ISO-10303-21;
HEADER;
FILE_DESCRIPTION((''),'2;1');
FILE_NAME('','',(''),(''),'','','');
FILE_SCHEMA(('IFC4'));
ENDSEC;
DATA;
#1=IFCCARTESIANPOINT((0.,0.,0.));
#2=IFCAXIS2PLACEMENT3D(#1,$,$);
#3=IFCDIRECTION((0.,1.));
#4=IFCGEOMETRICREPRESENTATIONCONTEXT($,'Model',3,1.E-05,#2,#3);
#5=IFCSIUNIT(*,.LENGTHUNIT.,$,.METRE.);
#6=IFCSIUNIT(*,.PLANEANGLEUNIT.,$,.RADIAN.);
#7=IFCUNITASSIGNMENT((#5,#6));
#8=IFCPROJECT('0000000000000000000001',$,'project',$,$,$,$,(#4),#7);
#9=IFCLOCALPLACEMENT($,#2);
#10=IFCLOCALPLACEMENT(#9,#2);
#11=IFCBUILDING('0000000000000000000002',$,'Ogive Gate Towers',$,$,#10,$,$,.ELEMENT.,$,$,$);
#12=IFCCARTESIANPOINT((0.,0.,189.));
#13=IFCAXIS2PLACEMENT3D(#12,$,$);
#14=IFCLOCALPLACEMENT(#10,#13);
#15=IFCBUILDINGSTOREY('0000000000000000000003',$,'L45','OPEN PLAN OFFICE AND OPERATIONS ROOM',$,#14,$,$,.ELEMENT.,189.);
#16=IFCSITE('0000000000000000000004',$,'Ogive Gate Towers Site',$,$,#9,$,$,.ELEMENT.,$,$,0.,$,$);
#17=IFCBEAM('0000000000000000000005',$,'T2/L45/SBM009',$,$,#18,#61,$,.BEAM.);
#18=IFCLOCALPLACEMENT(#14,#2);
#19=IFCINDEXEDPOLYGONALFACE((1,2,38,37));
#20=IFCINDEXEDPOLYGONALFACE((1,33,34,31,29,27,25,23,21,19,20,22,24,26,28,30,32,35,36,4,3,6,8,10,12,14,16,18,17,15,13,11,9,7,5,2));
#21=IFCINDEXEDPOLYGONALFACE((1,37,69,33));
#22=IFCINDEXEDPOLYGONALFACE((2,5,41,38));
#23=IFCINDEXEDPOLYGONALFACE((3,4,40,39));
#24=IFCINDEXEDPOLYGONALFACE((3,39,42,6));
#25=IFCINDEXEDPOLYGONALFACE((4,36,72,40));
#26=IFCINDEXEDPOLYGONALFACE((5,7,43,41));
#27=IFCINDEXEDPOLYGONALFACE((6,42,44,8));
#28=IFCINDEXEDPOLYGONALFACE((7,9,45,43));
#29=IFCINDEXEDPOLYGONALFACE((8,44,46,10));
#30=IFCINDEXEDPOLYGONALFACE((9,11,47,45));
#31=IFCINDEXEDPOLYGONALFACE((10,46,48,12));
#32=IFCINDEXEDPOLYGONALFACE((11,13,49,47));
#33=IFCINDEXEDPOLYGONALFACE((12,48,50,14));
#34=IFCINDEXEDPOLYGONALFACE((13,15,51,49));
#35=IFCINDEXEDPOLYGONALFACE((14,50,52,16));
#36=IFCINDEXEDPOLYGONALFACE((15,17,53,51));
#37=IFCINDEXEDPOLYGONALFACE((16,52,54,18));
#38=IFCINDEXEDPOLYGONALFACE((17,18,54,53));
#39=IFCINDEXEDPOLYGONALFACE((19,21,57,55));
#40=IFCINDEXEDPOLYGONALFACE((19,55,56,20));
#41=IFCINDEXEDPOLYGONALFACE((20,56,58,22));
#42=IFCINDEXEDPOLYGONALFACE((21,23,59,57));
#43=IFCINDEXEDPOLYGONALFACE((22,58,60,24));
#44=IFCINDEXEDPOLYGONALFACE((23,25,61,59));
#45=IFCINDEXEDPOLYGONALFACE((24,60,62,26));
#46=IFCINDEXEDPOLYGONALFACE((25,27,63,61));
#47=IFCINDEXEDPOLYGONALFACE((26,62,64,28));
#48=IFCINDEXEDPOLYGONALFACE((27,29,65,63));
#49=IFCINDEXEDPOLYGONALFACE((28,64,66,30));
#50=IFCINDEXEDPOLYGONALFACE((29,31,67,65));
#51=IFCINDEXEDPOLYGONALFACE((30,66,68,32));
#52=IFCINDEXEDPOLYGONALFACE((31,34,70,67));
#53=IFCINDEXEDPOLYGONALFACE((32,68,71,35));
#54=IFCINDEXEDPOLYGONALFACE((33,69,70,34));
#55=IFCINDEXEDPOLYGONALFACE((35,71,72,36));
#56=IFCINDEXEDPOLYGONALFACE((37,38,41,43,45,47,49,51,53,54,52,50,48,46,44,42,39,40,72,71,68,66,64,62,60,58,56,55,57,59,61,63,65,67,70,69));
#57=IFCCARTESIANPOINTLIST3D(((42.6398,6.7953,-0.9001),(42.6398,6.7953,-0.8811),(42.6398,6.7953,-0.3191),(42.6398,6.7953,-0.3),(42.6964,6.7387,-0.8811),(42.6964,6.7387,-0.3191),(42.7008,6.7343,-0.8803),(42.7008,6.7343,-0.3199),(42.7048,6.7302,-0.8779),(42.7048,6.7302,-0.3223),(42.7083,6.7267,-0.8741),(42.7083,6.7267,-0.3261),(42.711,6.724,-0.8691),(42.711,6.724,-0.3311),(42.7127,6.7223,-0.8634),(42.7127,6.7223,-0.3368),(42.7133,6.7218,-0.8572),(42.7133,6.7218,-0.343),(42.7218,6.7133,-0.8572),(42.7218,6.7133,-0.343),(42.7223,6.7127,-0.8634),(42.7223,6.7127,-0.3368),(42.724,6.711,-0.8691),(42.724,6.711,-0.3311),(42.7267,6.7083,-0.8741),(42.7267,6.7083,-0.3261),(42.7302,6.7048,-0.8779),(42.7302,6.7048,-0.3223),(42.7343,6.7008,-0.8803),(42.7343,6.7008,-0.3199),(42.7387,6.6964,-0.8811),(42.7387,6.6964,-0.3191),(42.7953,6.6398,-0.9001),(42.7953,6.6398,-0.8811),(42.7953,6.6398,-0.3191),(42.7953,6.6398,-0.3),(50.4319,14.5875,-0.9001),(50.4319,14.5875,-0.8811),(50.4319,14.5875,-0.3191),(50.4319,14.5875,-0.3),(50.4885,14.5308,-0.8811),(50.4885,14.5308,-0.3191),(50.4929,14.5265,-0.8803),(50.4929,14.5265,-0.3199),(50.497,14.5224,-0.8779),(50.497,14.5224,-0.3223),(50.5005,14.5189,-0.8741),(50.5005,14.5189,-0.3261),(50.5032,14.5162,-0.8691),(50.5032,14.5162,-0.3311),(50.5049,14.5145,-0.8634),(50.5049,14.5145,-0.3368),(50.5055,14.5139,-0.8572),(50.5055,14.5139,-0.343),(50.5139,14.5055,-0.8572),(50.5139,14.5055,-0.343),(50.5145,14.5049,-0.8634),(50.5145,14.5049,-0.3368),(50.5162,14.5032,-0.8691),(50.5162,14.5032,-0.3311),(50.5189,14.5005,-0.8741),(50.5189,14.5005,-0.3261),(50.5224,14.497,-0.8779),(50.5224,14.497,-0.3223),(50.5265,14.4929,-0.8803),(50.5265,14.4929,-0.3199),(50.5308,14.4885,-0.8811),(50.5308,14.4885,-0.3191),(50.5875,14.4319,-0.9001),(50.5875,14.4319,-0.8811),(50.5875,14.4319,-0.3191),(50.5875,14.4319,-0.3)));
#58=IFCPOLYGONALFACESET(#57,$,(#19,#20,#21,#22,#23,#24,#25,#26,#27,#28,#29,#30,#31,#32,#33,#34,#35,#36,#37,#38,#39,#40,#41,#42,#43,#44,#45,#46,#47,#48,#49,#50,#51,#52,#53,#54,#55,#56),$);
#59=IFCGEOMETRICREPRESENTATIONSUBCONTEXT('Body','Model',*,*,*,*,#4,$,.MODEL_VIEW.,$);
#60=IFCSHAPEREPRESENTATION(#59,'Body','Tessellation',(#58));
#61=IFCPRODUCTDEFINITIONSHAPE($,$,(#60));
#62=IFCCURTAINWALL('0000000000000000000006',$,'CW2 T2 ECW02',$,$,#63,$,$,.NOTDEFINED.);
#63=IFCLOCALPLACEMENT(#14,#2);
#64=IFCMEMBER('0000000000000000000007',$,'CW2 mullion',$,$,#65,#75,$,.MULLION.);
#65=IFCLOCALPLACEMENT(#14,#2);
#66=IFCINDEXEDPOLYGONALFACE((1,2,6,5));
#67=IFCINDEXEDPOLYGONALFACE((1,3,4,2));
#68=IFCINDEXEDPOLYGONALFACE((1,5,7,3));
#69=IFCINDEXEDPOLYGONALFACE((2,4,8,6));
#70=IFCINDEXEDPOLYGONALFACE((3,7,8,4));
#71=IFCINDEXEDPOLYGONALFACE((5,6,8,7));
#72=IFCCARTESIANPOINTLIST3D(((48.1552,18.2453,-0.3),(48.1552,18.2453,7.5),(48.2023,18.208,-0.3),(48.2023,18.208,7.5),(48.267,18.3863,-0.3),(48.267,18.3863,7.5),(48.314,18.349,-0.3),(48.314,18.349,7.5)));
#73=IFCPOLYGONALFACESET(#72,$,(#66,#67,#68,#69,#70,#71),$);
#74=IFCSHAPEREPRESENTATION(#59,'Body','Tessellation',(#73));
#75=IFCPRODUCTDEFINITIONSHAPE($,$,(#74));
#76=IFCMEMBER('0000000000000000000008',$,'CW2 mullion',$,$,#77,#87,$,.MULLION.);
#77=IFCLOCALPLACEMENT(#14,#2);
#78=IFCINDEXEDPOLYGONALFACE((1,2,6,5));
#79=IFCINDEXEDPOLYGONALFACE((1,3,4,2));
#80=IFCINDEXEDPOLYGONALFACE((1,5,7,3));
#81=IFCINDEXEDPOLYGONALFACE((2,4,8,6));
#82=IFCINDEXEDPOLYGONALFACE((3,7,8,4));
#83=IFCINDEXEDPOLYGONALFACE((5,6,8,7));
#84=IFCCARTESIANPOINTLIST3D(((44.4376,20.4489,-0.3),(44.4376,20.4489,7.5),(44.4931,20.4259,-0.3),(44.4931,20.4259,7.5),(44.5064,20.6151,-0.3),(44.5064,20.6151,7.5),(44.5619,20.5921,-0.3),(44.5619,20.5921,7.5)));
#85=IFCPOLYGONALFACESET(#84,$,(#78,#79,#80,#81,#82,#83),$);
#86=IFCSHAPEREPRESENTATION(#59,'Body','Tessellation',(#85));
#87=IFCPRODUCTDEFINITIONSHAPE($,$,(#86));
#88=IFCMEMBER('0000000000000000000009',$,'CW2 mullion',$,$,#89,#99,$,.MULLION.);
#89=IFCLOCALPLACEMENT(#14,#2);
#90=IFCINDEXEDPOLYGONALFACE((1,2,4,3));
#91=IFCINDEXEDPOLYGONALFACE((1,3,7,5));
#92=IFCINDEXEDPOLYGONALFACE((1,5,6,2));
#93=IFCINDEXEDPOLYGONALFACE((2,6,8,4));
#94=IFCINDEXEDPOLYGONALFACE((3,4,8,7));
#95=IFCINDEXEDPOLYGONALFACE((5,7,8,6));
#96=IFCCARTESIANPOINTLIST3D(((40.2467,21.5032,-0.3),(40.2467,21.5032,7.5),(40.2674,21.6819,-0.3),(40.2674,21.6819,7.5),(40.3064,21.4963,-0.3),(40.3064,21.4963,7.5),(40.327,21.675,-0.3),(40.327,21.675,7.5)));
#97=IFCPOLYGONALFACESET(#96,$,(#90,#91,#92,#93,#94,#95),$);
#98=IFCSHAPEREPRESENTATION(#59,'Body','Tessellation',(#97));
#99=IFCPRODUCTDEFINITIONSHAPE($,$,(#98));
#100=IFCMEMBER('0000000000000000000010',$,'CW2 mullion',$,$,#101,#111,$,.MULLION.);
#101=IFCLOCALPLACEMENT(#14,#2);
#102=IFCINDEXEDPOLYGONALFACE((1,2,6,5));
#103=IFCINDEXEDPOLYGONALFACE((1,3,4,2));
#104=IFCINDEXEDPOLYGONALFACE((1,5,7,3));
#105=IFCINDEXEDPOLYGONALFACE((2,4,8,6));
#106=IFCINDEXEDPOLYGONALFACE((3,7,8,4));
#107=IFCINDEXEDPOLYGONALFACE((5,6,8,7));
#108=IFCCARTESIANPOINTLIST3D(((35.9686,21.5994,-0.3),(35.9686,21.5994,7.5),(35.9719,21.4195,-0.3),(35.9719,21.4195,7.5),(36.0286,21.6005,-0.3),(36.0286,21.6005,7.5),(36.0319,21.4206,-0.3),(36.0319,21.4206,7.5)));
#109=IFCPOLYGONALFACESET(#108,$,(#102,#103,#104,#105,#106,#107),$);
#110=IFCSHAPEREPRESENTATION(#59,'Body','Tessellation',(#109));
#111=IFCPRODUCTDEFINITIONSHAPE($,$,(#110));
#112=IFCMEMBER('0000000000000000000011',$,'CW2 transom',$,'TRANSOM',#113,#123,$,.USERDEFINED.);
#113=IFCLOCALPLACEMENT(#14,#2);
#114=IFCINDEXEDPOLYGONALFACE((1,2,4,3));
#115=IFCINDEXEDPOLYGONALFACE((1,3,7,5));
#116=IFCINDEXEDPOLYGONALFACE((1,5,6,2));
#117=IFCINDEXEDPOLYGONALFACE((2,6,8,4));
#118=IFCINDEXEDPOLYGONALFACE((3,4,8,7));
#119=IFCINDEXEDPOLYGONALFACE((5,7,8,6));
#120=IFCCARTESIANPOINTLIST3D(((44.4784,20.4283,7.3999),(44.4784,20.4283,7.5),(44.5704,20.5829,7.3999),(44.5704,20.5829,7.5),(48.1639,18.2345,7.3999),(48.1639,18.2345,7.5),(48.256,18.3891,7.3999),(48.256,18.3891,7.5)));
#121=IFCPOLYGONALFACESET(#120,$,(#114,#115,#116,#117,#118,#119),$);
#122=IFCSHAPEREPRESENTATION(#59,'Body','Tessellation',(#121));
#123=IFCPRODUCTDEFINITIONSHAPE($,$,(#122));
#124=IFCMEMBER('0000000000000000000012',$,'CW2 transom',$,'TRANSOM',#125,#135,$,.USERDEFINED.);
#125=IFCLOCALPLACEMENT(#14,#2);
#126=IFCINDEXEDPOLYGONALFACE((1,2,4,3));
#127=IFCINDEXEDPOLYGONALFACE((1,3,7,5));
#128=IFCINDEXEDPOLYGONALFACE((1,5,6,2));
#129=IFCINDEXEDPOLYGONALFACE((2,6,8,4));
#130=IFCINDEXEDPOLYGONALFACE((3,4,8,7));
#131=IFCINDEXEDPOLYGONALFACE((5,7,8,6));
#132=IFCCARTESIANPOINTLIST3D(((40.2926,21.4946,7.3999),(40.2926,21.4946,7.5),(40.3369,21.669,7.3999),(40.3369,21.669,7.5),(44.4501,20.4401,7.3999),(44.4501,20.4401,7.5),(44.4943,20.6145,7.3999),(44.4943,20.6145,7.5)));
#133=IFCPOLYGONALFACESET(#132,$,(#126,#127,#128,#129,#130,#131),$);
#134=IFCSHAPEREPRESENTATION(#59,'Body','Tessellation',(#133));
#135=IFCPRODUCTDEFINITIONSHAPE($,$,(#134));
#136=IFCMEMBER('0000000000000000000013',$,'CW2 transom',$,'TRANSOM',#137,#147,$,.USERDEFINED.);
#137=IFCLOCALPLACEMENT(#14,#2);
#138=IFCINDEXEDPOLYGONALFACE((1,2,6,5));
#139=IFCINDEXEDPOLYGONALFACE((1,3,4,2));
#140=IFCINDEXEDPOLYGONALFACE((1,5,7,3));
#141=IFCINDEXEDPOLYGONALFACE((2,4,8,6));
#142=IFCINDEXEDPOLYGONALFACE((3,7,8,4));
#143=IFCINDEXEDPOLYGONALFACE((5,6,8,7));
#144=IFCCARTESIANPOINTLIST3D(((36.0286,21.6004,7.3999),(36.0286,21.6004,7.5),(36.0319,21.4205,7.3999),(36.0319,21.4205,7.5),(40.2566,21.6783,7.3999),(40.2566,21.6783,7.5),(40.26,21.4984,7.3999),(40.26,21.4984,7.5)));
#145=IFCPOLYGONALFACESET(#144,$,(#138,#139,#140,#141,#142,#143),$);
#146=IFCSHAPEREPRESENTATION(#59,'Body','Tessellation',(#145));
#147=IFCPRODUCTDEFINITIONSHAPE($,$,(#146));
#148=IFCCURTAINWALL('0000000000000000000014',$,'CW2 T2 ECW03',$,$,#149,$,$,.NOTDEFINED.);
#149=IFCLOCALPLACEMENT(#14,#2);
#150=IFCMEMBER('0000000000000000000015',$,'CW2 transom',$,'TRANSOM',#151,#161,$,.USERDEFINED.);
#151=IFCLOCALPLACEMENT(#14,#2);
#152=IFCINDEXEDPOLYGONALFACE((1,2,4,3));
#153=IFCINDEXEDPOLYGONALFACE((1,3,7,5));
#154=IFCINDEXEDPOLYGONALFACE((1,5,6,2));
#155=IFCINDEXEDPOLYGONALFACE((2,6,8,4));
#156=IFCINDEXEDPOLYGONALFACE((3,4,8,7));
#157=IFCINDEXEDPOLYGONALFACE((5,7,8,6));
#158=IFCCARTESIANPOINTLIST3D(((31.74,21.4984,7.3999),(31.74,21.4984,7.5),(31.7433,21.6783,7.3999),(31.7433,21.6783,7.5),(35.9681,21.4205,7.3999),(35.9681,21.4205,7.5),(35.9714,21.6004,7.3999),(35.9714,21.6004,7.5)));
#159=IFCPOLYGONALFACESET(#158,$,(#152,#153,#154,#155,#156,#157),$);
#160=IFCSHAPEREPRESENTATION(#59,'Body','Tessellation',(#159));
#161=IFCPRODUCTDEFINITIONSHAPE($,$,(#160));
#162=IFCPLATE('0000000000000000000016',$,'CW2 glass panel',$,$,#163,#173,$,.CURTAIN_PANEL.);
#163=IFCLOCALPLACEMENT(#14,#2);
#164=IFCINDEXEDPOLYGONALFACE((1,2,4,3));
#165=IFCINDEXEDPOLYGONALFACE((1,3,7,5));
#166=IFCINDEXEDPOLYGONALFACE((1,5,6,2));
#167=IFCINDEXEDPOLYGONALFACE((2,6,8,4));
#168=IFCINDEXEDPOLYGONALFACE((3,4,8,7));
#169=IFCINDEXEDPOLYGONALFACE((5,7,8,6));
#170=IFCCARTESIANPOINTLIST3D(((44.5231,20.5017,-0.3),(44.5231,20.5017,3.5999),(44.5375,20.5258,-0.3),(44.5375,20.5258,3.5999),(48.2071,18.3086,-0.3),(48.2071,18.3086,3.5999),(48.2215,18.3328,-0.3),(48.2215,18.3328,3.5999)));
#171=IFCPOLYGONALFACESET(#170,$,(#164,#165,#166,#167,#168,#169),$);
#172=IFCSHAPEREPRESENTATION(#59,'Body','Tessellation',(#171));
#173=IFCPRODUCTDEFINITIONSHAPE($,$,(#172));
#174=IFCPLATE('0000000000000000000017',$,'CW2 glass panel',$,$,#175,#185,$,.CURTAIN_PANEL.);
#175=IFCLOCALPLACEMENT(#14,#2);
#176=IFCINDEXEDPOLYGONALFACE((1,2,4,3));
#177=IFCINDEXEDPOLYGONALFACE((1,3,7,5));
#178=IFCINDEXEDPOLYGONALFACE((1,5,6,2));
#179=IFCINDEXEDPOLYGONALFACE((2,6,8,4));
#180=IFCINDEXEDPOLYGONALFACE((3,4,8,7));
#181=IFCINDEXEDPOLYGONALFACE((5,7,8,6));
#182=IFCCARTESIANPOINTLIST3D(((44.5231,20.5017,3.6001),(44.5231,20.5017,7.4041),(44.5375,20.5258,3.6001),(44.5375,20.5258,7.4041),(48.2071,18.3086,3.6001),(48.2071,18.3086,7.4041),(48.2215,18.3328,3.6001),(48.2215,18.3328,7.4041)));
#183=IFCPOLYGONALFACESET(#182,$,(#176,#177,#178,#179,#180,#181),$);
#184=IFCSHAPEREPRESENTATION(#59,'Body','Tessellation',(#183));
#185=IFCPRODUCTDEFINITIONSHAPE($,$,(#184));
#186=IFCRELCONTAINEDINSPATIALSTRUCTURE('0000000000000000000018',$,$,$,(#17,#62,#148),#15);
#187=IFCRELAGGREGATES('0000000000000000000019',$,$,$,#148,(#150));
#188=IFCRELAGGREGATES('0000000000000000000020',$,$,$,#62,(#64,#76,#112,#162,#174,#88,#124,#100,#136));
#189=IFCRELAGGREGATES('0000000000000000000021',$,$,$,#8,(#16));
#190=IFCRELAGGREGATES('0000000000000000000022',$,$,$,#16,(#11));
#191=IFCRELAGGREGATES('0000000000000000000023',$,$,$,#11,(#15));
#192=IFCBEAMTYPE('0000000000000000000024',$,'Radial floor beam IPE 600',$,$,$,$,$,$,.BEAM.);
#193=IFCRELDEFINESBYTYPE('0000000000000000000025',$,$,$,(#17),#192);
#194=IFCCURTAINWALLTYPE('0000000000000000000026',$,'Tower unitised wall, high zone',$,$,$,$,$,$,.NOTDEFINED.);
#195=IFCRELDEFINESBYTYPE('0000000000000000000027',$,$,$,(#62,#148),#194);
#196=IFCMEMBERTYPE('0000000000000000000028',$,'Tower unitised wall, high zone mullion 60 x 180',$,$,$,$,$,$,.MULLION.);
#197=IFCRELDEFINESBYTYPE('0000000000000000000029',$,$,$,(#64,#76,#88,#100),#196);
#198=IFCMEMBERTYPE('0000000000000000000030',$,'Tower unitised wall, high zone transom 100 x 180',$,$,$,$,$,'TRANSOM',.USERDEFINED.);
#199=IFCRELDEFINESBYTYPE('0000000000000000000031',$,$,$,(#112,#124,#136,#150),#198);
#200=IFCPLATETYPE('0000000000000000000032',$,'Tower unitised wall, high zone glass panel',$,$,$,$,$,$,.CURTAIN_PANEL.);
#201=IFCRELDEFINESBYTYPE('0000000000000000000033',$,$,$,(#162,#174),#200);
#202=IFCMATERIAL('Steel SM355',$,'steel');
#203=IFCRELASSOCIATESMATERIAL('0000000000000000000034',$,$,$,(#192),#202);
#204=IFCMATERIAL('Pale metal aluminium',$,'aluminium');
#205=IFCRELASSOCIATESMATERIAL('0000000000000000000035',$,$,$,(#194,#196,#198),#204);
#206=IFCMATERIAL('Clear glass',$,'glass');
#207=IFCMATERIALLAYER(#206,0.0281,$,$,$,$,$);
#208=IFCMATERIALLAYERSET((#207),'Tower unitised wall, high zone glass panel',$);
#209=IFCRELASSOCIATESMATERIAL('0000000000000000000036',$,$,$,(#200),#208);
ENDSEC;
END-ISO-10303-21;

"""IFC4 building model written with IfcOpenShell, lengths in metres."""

from ifc_helpers import new_model, si_unit, direction, frame, origin, origin_2d, place, context, subcontext, project, spatial, rectangle, i_section, extrude, material, layer, layer_set, material_profile, profile_set, type_object, element, aggregate, save


model = new_model("IFC4")

# Units and contexts
model_context = context("Model", 3, precision=1e-05, world=origin(), true_north=direction((0.0, 1.0)))
body_context = subcontext(model_context, "Body", "Model", "MODEL_VIEW")
ifc_project = project(units=[si_unit("LENGTHUNIT", "METRE"), si_unit("PLANEANGLEUNIT", "RADIAN")], contexts=[model_context])

# Site, building, storey
site_placement = place(None, origin())
site = spatial("IfcSite", under=ifc_project, at=site_placement, Name="Ogive Gate Towers Site", CompositionType="ELEMENT", RefElevation=0.0)
building_placement = place(site_placement, origin())
building = spatial("IfcBuilding", under=site, at=building_placement, Name="Ogive Gate Towers", CompositionType="ELEMENT")
storey_placement = place(building_placement, frame((0.0, 0.0, 189.0)))
storey = spatial("IfcBuildingStorey", under=building, at=storey_placement, Name="L45", Description="OPEN PLAN OFFICE AND OPERATIONS ROOM", CompositionType="ELEMENT", Elevation=189.0)

# Beam
ifc_material_1 = material(Name="Steel SM355", Category="steel")
ifc_material_profile_1 = material_profile(ifc_material_1, i_section(OverallWidth=0.22, OverallDepth=0.6001, WebThickness=0.012, FlangeThickness=0.019, FilletRadius=0.0239, at=origin_2d()), Name="IPE 600")
ifc_profile_set_1 = profile_set([ifc_material_profile_1], Name="Steel SM355")
beam_type_1 = type_object("IfcBeamType", Name="Radial floor beam IPE 600", PredefinedType="BEAM", material=ifc_profile_set_1)
beam_1_placement = place(storey_placement, frame((42.7175, 6.7175, -0.6001), z_axis=(0.707107, 0.707107, 0.0), x_axis=(-0.707107, 0.707107, 0.0)))
element("IfcBeam", 1, at=beam_1_placement, inside=storey, type_object=beam_type_1, Name="T2/L45/SBM009", PredefinedType="BEAM", context=body_context, shape_type="SweptSolid", body=[
    extrude(i_section(OverallWidth=0.22, OverallDepth=0.6001, WebThickness=0.012, FlangeThickness=0.019, FilletRadius=0.0239, at=origin_2d()), origin(), (0.0, 0.0, 1.0), 11.0198),
])

# Curtain wall, members
ifc_material_2 = material(Name="Pale metal aluminium", Category="aluminium")
curtain_wall_type = type_object("IfcCurtainWallType", Name="Tower unitised wall, high zone", PredefinedType="NOTDEFINED", material=ifc_material_2)
curtain_wall_1_placement = place(storey_placement, origin())
curtain_wall_1 = element("IfcCurtainWall", 2, at=curtain_wall_1_placement, inside=storey, type_object=curtain_wall_type, Name="CW2 T2 ECW02", PredefinedType="NOTDEFINED")
ifc_material_profile_2 = material_profile(ifc_material_2, rectangle(XDim=0.1799, YDim=0.0601, at=origin_2d()), Name="60 x 180 aluminium box")
ifc_profile_set_2 = profile_set([ifc_material_profile_2], Name="Pale metal aluminium")
member_type_1 = type_object("IfcMemberType", Name="Tower unitised wall, high zone mullion 60 x 180", PredefinedType="MULLION", material=ifc_profile_set_2)
member_1_placement = place(storey_placement, frame((48.2346, 18.2971, -0.3), z_axis=(0.0, 0.0, 1.0), x_axis=(0.621298, 0.783574, 0.0)))
member_1 = element("IfcMember", 3, at=member_1_placement, type_object=member_type_1, Name="CW2 mullion", PredefinedType="MULLION", context=body_context, shape_type="SweptSolid", body=[
    extrude(rectangle(XDim=0.1799, YDim=0.0601, at=origin_2d()), origin(), (0.0, 0.0, 1.0), 7.8),
])
member_2_placement = place(storey_placement, frame((44.4998, 20.5205, -0.3), z_axis=(0.0, 0.0, 1.0), x_axis=(0.382683, 0.92388, 0.0)))
member_2 = element("IfcMember", 4, at=member_2_placement, type_object=member_type_1, Name="CW2 mullion", PredefinedType="MULLION", context=body_context, shape_type="SweptSolid", body=[
    extrude(rectangle(XDim=0.1799, YDim=0.0601, at=origin_2d()), origin(), (0.0, 0.0, 1.0), 7.8),
])
member_3_placement = place(storey_placement, frame((40.2869, 21.5891, -0.3), z_axis=(0.0, 0.0, 1.0), x_axis=(0.114746, 0.993395, 0.0)))
member_3 = element("IfcMember", 5, at=member_3_placement, type_object=member_type_1, Name="CW2 mullion", PredefinedType="MULLION", context=body_context, shape_type="SweptSolid", body=[
    extrude(rectangle(XDim=0.1799, YDim=0.0601, at=origin_2d()), origin(), (0.0, 0.0, 1.0), 7.8),
])
member_4_placement = place(storey_placement, frame((36.0002, 21.51, -0.3), z_axis=(0.0, 0.0, 1.0), x_axis=(-0.018412, 0.99983, 0.0)))
member_4 = element("IfcMember", 6, at=member_4_placement, type_object=member_type_1, Name="CW2 mullion", PredefinedType="MULLION", context=body_context, shape_type="SweptSolid", body=[
    extrude(rectangle(XDim=0.1799, YDim=0.0601, at=origin_2d()), origin(), (0.0, 0.0, 1.0), 7.8),
])
ifc_material_profile_3 = material_profile(ifc_material_2, rectangle(XDim=0.1799, YDim=0.1001, at=origin_2d()), Name="100 x 180 aluminium box")
ifc_profile_set_3 = profile_set([ifc_material_profile_3], Name="Pale metal aluminium")
member_type_2 = type_object("IfcMemberType", Name="Tower unitised wall, high zone transom 100 x 180", ElementType="TRANSOM", PredefinedType="USERDEFINED", material=ifc_profile_set_3)
member_5_placement = place(storey_placement, frame((48.21, 18.3118, 7.45), z_axis=(-0.859286, 0.511496, 0.0), x_axis=(-0.511496, -0.859286, 0.0)))
member_5 = element("IfcMember", 7, at=member_5_placement, type_object=member_type_2, Name="CW2 transom", ObjectType="TRANSOM", PredefinedType="USERDEFINED", context=body_context, shape_type="SweptSolid", body=[
    extrude(rectangle(XDim=0.1799, YDim=0.1001, at=origin_2d()), origin(), (0.0, 0.0, 1.0), 4.2891),
])
member_6_placement = place(storey_placement, frame((44.4722, 20.5273, 7.45), z_axis=(-0.96931, 0.245842, 0.0), x_axis=(-0.245842, -0.96931, 0.0)))
member_6 = element("IfcMember", 8, at=member_6_placement, type_object=member_type_2, Name="CW2 transom", ObjectType="TRANSOM", PredefinedType="USERDEFINED", context=body_context, shape_type="SweptSolid", body=[
    extrude(rectangle(XDim=0.1799, YDim=0.1001, at=origin_2d()), origin(), (0.0, 0.0, 1.0), 4.2891),
])
member_7_placement = place(storey_placement, frame((40.2583, 21.5884, 7.45), z_axis=(-0.99983, -0.018417, 0.0), x_axis=(0.018417, -0.99983, 0.0)))
member_7 = element("IfcMember", 9, at=member_7_placement, type_object=member_type_2, Name="CW2 transom", ObjectType="TRANSOM", PredefinedType="USERDEFINED", context=body_context, shape_type="SweptSolid", body=[
    extrude(rectangle(XDim=0.1799, YDim=0.1001, at=origin_2d()), origin(), (0.0, 0.0, 1.0), 4.2288),
])

# Curtain wall, member
curtain_wall_2_placement = place(storey_placement, origin())
curtain_wall_2 = element("IfcCurtainWall", 10, at=curtain_wall_2_placement, inside=storey, type_object=curtain_wall_type, Name="CW2 T2 ECW03", PredefinedType="NOTDEFINED")
member_8_placement = place(storey_placement, frame((35.9697, 21.5105, 7.45), z_axis=(-0.99983, 0.018417, 0.0), x_axis=(-0.018417, -0.99983, 0.0)))
member_8 = element("IfcMember", 11, at=member_8_placement, type_object=member_type_2, Name="CW2 transom", ObjectType="TRANSOM", PredefinedType="USERDEFINED", context=body_context, shape_type="SweptSolid", body=[
    extrude(rectangle(XDim=0.1799, YDim=0.1001, at=origin_2d()), origin(), (0.0, 0.0, 1.0), 4.2288),
])
aggregate(curtain_wall_2, [member_8])

# Plates
ifc_material_3 = material(Name="Clear glass", Category="glass")
ifc_layer_1 = layer(ifc_material_3, 0.0281)
ifc_layer_set_1 = layer_set([ifc_layer_1], Name="Tower unitised wall, high zone glass panel")
plate_type = type_object("IfcPlateType", Name="Tower unitised wall, high zone glass panel", PredefinedType="CURTAIN_PANEL", material=ifc_layer_set_1)
plate_1_placement = place(storey_placement, frame((46.3723, 19.4172, -0.3), z_axis=(0.0, 0.0, 1.0), x_axis=(-0.859273, 0.511518, 0.0)))
plate_1 = element("IfcPlate", 12, at=plate_1_placement, type_object=plate_type, Name="CW2 glass panel", PredefinedType="CURTAIN_PANEL", context=body_context, shape_type="SweptSolid", body=[
    extrude(rectangle(XDim=4.2874, YDim=0.0281, at=origin_2d()), origin(), (0.0, 0.0, 1.0), 3.8999),
])
plate_2_placement = place(storey_placement, frame((46.3723, 19.4172, 3.6001), z_axis=(0.0, 0.0, 1.0), x_axis=(-0.859273, 0.511518, 0.0)))
plate_2 = element("IfcPlate", 13, at=plate_2_placement, type_object=plate_type, Name="CW2 glass panel", PredefinedType="CURTAIN_PANEL", context=body_context, shape_type="SweptSolid", body=[
    extrude(rectangle(XDim=4.2874, YDim=0.0281, at=origin_2d()), origin(), (0.0, 0.0, 1.0), 3.804),
])
aggregate(curtain_wall_1, [member_1, member_2, member_5, plate_1, plate_2, member_3, member_6, member_4, member_7])

save(model, "model.ifc")
